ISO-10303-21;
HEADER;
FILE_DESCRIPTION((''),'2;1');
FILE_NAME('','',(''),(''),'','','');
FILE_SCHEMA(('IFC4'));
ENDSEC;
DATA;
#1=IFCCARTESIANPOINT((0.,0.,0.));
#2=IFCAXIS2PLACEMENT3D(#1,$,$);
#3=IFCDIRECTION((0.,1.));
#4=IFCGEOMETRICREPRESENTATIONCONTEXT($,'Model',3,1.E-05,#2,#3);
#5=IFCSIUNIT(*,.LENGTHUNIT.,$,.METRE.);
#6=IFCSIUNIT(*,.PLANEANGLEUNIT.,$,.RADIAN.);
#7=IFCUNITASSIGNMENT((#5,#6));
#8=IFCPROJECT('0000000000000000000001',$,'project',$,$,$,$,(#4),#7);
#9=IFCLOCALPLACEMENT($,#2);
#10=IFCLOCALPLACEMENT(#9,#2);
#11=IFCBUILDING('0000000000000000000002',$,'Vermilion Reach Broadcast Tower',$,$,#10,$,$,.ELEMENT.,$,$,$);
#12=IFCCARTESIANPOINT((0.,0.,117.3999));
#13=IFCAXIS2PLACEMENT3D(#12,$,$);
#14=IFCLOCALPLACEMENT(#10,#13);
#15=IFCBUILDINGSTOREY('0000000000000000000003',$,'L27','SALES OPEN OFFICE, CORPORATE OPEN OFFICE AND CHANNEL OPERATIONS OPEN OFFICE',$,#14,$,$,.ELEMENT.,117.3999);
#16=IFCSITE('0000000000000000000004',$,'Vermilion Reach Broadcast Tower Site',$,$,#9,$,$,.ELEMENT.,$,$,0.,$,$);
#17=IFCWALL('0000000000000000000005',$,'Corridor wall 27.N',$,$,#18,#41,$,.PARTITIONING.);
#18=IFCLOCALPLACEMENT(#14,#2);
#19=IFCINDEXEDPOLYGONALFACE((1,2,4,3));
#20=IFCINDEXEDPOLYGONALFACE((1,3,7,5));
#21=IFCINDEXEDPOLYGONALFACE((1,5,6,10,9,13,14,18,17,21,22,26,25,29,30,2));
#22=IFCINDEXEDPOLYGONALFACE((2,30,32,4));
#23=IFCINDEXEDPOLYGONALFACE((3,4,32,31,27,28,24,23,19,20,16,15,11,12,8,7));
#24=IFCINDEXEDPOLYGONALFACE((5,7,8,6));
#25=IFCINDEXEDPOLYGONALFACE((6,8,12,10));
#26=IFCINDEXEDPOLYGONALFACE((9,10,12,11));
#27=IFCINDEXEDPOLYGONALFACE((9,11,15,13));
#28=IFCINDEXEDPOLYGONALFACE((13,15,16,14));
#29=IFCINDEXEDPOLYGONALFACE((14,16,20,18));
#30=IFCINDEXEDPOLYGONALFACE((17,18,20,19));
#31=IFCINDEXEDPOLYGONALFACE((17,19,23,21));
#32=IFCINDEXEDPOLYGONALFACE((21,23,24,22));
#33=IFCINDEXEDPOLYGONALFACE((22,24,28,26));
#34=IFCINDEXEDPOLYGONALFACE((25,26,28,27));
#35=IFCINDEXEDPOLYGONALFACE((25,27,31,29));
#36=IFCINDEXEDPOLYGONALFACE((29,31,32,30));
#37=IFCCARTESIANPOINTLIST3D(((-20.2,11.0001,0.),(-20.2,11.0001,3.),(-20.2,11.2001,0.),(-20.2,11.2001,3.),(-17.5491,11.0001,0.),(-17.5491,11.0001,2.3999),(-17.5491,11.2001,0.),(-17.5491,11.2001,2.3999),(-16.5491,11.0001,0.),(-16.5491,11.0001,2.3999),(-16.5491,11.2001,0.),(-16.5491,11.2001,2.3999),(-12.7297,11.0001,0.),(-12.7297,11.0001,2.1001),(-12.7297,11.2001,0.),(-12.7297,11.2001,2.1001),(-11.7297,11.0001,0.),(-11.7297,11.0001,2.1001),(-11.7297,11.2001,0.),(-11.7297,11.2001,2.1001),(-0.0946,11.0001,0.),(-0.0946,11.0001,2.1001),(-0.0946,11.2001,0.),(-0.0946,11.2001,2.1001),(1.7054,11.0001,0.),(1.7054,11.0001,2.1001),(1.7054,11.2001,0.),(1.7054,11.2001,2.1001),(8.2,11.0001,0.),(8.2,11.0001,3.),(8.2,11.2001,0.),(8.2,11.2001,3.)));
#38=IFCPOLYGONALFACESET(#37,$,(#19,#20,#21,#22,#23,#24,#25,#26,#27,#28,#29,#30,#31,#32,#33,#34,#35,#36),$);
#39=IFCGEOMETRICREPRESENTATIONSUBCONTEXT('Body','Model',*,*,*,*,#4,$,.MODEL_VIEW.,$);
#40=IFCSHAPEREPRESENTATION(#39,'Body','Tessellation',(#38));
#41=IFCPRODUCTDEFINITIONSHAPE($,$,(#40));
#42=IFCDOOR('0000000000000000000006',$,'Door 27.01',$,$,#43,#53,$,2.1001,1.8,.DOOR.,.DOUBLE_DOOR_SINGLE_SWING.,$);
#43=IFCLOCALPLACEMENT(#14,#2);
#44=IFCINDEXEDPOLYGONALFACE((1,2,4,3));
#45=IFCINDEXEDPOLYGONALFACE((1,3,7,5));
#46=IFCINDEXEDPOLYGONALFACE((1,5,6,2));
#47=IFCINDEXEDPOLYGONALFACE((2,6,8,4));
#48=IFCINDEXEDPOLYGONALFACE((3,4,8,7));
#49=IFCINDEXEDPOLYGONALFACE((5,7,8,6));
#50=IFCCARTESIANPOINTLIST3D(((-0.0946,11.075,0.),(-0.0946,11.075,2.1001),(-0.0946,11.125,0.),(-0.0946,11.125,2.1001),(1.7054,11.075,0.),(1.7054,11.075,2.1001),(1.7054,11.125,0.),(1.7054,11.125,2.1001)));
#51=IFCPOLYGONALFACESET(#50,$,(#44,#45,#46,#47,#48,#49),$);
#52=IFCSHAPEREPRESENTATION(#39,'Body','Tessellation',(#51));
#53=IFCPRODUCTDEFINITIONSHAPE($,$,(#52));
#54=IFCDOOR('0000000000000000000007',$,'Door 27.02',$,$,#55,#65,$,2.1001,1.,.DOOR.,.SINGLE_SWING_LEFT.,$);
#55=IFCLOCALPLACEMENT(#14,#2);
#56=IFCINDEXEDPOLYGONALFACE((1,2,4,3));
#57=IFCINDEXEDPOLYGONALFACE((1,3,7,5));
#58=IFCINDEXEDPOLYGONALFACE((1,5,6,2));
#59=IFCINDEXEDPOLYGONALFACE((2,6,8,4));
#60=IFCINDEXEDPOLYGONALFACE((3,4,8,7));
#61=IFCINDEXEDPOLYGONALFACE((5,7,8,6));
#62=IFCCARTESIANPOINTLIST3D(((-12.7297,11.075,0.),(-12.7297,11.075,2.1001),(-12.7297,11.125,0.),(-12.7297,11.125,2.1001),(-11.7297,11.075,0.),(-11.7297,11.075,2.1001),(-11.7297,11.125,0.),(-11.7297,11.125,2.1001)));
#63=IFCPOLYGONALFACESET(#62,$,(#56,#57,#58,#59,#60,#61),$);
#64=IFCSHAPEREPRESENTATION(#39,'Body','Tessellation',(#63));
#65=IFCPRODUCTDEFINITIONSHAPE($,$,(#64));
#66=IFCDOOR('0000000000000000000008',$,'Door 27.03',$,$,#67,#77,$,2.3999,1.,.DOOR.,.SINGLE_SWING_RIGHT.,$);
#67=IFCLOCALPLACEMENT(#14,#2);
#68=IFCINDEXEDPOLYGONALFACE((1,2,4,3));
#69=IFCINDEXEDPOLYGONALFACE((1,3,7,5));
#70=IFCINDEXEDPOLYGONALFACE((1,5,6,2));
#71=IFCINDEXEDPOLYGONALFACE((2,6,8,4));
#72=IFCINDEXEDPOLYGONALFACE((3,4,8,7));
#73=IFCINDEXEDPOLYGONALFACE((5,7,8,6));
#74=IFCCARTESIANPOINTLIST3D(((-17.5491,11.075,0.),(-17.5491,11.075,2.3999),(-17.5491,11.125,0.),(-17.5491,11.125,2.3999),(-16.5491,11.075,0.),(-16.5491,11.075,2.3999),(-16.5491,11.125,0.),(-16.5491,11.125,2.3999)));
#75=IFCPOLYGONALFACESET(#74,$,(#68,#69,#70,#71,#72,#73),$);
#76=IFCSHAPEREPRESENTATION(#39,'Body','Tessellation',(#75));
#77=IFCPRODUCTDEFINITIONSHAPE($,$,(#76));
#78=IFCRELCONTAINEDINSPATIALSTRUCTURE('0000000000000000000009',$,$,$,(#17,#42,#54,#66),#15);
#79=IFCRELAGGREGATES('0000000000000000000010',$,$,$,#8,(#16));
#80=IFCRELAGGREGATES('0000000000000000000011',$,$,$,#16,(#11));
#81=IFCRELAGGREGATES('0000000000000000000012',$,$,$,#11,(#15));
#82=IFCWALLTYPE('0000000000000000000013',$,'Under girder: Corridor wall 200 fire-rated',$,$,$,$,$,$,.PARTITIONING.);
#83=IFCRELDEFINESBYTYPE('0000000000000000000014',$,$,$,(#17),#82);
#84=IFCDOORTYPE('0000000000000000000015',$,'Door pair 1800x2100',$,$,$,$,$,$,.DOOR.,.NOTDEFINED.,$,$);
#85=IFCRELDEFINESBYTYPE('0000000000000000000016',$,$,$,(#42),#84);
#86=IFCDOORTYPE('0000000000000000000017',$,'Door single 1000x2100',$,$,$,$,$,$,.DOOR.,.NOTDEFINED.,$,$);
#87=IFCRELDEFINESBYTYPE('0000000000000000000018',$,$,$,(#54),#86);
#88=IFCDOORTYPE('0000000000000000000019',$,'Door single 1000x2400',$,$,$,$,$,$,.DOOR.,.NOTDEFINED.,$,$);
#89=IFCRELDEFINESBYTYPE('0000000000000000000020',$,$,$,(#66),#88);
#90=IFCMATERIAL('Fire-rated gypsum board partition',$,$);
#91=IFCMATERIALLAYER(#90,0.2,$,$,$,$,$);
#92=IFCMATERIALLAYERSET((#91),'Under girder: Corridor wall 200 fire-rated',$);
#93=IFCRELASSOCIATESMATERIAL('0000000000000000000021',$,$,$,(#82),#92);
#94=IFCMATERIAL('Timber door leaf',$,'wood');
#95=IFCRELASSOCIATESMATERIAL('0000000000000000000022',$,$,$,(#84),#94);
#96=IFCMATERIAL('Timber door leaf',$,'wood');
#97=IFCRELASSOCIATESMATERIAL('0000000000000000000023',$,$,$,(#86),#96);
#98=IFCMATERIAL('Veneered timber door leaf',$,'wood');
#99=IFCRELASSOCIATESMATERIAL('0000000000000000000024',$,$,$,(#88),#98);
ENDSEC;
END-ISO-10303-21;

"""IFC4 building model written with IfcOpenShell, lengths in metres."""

from ifc_helpers import new_model, si_unit, direction, frame, frame_2d, origin, place, context, subcontext, project, spatial, rectangle, extrude, material, layer, layer_set, type_object, element, fill, save


model = new_model("IFC4")

# Units and contexts
model_context = context("Model", 3, precision=1e-05, world=origin(), true_north=direction((0.0, 1.0)))
body_context = subcontext(model_context, "Body", "Model", "MODEL_VIEW")
ifc_project = project(units=[si_unit("LENGTHUNIT", "METRE"), si_unit("PLANEANGLEUNIT", "RADIAN")], contexts=[model_context])

# Site, building, storey
site_placement = place(None, origin())
site = spatial("IfcSite", under=ifc_project, at=site_placement, Name="Vermilion Reach Broadcast Tower Site", CompositionType="ELEMENT", RefElevation=0.0)
building_placement = place(site_placement, origin())
building = spatial("IfcBuilding", under=site, at=building_placement, Name="Vermilion Reach Broadcast Tower", CompositionType="ELEMENT")
storey_placement = place(building_placement, frame((0.0, 0.0, 117.3999)))
storey = spatial("IfcBuildingStorey", under=building, at=storey_placement, Name="L27", Description="SALES OPEN OFFICE, CORPORATE OPEN OFFICE AND CHANNEL OPERATIONS OPEN OFFICE", CompositionType="ELEMENT", Elevation=117.3999)

# Wall, openings, doors
ifc_material_1 = material(Name="Fire-rated gypsum board partition")
ifc_layer_1 = layer(ifc_material_1, 0.2)
ifc_layer_set_1 = layer_set([ifc_layer_1], Name="Under girder: Corridor wall 200 fire-rated")
wall_type_1 = type_object("IfcWallType", Name="Under girder: Corridor wall 200 fire-rated", PredefinedType="PARTITIONING", material=ifc_layer_set_1)
wall_1_placement = place(storey_placement, frame((-20.2, 11.1001, 0.0), z_axis=(0.0, 0.0, 1.0), x_axis=(1.0, 0.0, 0.0)))
wall_1 = element("IfcWall", 1, at=wall_1_placement, inside=storey, type_object=wall_type_1, Name="Corridor wall 27.N", PredefinedType="PARTITIONING", context=body_context, shape_type="SweptSolid", body=[
    extrude(rectangle(XDim=28.3999, YDim=0.2, at=frame_2d((14.2, 0.0))), origin(), (0.0, 0.0, 1.0), 3.0),
])
opening_1_placement = place(wall_1_placement, frame((20.1055, 0.0, 0.0)))
opening_1 = element("IfcOpeningElement", 2, at=opening_1_placement, cuts=wall_1, PredefinedType="OPENING", context=body_context, shape_type="SweptSolid", body=[
    extrude(rectangle(XDim=1.8, YDim=2.1001, at=frame_2d((0.8999, 1.05))), frame((0.0, 0.1099, 0.0), z_axis=(0.0, -1.0, 0.0), x_axis=(1.0, 0.0, 0.0)), (0.0, 0.0, 1.0), 0.22),
])
opening_2_placement = place(wall_1_placement, frame((7.4702, 0.0, 0.0)))
opening_2 = element("IfcOpeningElement", 3, at=opening_2_placement, cuts=wall_1, PredefinedType="OPENING", context=body_context, shape_type="SweptSolid", body=[
    extrude(rectangle(XDim=1.0, YDim=2.1001, at=frame_2d((0.5, 1.05))), frame((0.0, 0.1099, 0.0), z_axis=(0.0, -1.0, 0.0), x_axis=(1.0, 0.0, 0.0)), (0.0, 0.0, 1.0), 0.22),
])
opening_3_placement = place(wall_1_placement, frame((2.6509, 0.0, 0.0)))
opening_3 = element("IfcOpeningElement", 4, at=opening_3_placement, cuts=wall_1, PredefinedType="OPENING", context=body_context, shape_type="SweptSolid", body=[
    extrude(rectangle(XDim=1.0, YDim=2.3999, at=frame_2d((0.5, 1.2))), frame((0.0, 0.1099, 0.0), z_axis=(0.0, -1.0, 0.0), x_axis=(1.0, 0.0, 0.0)), (0.0, 0.0, 1.0), 0.22),
])
ifc_material_2 = material(Name="Timber door leaf", Category="wood")
door_type_1 = type_object("IfcDoorType", Name="Door pair 1800x2100", OperationType="NOTDEFINED", PredefinedType="DOOR", material=ifc_material_2)
door_1_placement = place(opening_1_placement, origin())
door_1 = element("IfcDoor", 5, at=door_1_placement, inside=storey, type_object=door_type_1, Name="Door 27.01", OperationType="DOUBLE_DOOR_SINGLE_SWING", OverallHeight=2.1001, OverallWidth=1.8, PredefinedType="DOOR", context=body_context, shape_type="SweptSolid", body=[
    extrude(rectangle(XDim=1.8, YDim=2.1001, at=frame_2d((0.8999, 1.05))), frame((0.0, 0.0249, 0.0), z_axis=(0.0, -1.0, 0.0), x_axis=(1.0, 0.0, 0.0)), (0.0, 0.0, 1.0), 0.05),
])
fill(opening_1, door_1)
ifc_material_3 = material(Name="Timber door leaf", Category="wood")
door_type_2 = type_object("IfcDoorType", Name="Door single 1000x2100", OperationType="NOTDEFINED", PredefinedType="DOOR", material=ifc_material_3)
door_2_placement = place(opening_2_placement, origin())
door_2 = element("IfcDoor", 6, at=door_2_placement, inside=storey, type_object=door_type_2, Name="Door 27.02", OperationType="SINGLE_SWING_LEFT", OverallHeight=2.1001, OverallWidth=1.0, PredefinedType="DOOR", context=body_context, shape_type="SweptSolid", body=[
    extrude(rectangle(XDim=1.0, YDim=2.1001, at=frame_2d((0.5, 1.05))), frame((0.0, 0.0249, 0.0), z_axis=(0.0, -1.0, 0.0), x_axis=(1.0, 0.0, 0.0)), (0.0, 0.0, 1.0), 0.05),
])
fill(opening_2, door_2)
ifc_material_4 = material(Name="Veneered timber door leaf", Category="wood")
door_type_3 = type_object("IfcDoorType", Name="Door single 1000x2400", OperationType="NOTDEFINED", PredefinedType="DOOR", material=ifc_material_4)
door_3_placement = place(opening_3_placement, origin())
door_3 = element("IfcDoor", 7, at=door_3_placement, inside=storey, type_object=door_type_3, Name="Door 27.03", OperationType="SINGLE_SWING_RIGHT", OverallHeight=2.3999, OverallWidth=1.0, PredefinedType="DOOR", context=body_context, shape_type="SweptSolid", body=[
    extrude(rectangle(XDim=1.0, YDim=2.3999, at=frame_2d((0.5, 1.2))), frame((0.0, 0.0249, 0.0), z_axis=(0.0, -1.0, 0.0), x_axis=(1.0, 0.0, 0.0)), (0.0, 0.0, 1.0), 0.05),
])
fill(opening_3, door_3)

save(model, "model.ifc")
